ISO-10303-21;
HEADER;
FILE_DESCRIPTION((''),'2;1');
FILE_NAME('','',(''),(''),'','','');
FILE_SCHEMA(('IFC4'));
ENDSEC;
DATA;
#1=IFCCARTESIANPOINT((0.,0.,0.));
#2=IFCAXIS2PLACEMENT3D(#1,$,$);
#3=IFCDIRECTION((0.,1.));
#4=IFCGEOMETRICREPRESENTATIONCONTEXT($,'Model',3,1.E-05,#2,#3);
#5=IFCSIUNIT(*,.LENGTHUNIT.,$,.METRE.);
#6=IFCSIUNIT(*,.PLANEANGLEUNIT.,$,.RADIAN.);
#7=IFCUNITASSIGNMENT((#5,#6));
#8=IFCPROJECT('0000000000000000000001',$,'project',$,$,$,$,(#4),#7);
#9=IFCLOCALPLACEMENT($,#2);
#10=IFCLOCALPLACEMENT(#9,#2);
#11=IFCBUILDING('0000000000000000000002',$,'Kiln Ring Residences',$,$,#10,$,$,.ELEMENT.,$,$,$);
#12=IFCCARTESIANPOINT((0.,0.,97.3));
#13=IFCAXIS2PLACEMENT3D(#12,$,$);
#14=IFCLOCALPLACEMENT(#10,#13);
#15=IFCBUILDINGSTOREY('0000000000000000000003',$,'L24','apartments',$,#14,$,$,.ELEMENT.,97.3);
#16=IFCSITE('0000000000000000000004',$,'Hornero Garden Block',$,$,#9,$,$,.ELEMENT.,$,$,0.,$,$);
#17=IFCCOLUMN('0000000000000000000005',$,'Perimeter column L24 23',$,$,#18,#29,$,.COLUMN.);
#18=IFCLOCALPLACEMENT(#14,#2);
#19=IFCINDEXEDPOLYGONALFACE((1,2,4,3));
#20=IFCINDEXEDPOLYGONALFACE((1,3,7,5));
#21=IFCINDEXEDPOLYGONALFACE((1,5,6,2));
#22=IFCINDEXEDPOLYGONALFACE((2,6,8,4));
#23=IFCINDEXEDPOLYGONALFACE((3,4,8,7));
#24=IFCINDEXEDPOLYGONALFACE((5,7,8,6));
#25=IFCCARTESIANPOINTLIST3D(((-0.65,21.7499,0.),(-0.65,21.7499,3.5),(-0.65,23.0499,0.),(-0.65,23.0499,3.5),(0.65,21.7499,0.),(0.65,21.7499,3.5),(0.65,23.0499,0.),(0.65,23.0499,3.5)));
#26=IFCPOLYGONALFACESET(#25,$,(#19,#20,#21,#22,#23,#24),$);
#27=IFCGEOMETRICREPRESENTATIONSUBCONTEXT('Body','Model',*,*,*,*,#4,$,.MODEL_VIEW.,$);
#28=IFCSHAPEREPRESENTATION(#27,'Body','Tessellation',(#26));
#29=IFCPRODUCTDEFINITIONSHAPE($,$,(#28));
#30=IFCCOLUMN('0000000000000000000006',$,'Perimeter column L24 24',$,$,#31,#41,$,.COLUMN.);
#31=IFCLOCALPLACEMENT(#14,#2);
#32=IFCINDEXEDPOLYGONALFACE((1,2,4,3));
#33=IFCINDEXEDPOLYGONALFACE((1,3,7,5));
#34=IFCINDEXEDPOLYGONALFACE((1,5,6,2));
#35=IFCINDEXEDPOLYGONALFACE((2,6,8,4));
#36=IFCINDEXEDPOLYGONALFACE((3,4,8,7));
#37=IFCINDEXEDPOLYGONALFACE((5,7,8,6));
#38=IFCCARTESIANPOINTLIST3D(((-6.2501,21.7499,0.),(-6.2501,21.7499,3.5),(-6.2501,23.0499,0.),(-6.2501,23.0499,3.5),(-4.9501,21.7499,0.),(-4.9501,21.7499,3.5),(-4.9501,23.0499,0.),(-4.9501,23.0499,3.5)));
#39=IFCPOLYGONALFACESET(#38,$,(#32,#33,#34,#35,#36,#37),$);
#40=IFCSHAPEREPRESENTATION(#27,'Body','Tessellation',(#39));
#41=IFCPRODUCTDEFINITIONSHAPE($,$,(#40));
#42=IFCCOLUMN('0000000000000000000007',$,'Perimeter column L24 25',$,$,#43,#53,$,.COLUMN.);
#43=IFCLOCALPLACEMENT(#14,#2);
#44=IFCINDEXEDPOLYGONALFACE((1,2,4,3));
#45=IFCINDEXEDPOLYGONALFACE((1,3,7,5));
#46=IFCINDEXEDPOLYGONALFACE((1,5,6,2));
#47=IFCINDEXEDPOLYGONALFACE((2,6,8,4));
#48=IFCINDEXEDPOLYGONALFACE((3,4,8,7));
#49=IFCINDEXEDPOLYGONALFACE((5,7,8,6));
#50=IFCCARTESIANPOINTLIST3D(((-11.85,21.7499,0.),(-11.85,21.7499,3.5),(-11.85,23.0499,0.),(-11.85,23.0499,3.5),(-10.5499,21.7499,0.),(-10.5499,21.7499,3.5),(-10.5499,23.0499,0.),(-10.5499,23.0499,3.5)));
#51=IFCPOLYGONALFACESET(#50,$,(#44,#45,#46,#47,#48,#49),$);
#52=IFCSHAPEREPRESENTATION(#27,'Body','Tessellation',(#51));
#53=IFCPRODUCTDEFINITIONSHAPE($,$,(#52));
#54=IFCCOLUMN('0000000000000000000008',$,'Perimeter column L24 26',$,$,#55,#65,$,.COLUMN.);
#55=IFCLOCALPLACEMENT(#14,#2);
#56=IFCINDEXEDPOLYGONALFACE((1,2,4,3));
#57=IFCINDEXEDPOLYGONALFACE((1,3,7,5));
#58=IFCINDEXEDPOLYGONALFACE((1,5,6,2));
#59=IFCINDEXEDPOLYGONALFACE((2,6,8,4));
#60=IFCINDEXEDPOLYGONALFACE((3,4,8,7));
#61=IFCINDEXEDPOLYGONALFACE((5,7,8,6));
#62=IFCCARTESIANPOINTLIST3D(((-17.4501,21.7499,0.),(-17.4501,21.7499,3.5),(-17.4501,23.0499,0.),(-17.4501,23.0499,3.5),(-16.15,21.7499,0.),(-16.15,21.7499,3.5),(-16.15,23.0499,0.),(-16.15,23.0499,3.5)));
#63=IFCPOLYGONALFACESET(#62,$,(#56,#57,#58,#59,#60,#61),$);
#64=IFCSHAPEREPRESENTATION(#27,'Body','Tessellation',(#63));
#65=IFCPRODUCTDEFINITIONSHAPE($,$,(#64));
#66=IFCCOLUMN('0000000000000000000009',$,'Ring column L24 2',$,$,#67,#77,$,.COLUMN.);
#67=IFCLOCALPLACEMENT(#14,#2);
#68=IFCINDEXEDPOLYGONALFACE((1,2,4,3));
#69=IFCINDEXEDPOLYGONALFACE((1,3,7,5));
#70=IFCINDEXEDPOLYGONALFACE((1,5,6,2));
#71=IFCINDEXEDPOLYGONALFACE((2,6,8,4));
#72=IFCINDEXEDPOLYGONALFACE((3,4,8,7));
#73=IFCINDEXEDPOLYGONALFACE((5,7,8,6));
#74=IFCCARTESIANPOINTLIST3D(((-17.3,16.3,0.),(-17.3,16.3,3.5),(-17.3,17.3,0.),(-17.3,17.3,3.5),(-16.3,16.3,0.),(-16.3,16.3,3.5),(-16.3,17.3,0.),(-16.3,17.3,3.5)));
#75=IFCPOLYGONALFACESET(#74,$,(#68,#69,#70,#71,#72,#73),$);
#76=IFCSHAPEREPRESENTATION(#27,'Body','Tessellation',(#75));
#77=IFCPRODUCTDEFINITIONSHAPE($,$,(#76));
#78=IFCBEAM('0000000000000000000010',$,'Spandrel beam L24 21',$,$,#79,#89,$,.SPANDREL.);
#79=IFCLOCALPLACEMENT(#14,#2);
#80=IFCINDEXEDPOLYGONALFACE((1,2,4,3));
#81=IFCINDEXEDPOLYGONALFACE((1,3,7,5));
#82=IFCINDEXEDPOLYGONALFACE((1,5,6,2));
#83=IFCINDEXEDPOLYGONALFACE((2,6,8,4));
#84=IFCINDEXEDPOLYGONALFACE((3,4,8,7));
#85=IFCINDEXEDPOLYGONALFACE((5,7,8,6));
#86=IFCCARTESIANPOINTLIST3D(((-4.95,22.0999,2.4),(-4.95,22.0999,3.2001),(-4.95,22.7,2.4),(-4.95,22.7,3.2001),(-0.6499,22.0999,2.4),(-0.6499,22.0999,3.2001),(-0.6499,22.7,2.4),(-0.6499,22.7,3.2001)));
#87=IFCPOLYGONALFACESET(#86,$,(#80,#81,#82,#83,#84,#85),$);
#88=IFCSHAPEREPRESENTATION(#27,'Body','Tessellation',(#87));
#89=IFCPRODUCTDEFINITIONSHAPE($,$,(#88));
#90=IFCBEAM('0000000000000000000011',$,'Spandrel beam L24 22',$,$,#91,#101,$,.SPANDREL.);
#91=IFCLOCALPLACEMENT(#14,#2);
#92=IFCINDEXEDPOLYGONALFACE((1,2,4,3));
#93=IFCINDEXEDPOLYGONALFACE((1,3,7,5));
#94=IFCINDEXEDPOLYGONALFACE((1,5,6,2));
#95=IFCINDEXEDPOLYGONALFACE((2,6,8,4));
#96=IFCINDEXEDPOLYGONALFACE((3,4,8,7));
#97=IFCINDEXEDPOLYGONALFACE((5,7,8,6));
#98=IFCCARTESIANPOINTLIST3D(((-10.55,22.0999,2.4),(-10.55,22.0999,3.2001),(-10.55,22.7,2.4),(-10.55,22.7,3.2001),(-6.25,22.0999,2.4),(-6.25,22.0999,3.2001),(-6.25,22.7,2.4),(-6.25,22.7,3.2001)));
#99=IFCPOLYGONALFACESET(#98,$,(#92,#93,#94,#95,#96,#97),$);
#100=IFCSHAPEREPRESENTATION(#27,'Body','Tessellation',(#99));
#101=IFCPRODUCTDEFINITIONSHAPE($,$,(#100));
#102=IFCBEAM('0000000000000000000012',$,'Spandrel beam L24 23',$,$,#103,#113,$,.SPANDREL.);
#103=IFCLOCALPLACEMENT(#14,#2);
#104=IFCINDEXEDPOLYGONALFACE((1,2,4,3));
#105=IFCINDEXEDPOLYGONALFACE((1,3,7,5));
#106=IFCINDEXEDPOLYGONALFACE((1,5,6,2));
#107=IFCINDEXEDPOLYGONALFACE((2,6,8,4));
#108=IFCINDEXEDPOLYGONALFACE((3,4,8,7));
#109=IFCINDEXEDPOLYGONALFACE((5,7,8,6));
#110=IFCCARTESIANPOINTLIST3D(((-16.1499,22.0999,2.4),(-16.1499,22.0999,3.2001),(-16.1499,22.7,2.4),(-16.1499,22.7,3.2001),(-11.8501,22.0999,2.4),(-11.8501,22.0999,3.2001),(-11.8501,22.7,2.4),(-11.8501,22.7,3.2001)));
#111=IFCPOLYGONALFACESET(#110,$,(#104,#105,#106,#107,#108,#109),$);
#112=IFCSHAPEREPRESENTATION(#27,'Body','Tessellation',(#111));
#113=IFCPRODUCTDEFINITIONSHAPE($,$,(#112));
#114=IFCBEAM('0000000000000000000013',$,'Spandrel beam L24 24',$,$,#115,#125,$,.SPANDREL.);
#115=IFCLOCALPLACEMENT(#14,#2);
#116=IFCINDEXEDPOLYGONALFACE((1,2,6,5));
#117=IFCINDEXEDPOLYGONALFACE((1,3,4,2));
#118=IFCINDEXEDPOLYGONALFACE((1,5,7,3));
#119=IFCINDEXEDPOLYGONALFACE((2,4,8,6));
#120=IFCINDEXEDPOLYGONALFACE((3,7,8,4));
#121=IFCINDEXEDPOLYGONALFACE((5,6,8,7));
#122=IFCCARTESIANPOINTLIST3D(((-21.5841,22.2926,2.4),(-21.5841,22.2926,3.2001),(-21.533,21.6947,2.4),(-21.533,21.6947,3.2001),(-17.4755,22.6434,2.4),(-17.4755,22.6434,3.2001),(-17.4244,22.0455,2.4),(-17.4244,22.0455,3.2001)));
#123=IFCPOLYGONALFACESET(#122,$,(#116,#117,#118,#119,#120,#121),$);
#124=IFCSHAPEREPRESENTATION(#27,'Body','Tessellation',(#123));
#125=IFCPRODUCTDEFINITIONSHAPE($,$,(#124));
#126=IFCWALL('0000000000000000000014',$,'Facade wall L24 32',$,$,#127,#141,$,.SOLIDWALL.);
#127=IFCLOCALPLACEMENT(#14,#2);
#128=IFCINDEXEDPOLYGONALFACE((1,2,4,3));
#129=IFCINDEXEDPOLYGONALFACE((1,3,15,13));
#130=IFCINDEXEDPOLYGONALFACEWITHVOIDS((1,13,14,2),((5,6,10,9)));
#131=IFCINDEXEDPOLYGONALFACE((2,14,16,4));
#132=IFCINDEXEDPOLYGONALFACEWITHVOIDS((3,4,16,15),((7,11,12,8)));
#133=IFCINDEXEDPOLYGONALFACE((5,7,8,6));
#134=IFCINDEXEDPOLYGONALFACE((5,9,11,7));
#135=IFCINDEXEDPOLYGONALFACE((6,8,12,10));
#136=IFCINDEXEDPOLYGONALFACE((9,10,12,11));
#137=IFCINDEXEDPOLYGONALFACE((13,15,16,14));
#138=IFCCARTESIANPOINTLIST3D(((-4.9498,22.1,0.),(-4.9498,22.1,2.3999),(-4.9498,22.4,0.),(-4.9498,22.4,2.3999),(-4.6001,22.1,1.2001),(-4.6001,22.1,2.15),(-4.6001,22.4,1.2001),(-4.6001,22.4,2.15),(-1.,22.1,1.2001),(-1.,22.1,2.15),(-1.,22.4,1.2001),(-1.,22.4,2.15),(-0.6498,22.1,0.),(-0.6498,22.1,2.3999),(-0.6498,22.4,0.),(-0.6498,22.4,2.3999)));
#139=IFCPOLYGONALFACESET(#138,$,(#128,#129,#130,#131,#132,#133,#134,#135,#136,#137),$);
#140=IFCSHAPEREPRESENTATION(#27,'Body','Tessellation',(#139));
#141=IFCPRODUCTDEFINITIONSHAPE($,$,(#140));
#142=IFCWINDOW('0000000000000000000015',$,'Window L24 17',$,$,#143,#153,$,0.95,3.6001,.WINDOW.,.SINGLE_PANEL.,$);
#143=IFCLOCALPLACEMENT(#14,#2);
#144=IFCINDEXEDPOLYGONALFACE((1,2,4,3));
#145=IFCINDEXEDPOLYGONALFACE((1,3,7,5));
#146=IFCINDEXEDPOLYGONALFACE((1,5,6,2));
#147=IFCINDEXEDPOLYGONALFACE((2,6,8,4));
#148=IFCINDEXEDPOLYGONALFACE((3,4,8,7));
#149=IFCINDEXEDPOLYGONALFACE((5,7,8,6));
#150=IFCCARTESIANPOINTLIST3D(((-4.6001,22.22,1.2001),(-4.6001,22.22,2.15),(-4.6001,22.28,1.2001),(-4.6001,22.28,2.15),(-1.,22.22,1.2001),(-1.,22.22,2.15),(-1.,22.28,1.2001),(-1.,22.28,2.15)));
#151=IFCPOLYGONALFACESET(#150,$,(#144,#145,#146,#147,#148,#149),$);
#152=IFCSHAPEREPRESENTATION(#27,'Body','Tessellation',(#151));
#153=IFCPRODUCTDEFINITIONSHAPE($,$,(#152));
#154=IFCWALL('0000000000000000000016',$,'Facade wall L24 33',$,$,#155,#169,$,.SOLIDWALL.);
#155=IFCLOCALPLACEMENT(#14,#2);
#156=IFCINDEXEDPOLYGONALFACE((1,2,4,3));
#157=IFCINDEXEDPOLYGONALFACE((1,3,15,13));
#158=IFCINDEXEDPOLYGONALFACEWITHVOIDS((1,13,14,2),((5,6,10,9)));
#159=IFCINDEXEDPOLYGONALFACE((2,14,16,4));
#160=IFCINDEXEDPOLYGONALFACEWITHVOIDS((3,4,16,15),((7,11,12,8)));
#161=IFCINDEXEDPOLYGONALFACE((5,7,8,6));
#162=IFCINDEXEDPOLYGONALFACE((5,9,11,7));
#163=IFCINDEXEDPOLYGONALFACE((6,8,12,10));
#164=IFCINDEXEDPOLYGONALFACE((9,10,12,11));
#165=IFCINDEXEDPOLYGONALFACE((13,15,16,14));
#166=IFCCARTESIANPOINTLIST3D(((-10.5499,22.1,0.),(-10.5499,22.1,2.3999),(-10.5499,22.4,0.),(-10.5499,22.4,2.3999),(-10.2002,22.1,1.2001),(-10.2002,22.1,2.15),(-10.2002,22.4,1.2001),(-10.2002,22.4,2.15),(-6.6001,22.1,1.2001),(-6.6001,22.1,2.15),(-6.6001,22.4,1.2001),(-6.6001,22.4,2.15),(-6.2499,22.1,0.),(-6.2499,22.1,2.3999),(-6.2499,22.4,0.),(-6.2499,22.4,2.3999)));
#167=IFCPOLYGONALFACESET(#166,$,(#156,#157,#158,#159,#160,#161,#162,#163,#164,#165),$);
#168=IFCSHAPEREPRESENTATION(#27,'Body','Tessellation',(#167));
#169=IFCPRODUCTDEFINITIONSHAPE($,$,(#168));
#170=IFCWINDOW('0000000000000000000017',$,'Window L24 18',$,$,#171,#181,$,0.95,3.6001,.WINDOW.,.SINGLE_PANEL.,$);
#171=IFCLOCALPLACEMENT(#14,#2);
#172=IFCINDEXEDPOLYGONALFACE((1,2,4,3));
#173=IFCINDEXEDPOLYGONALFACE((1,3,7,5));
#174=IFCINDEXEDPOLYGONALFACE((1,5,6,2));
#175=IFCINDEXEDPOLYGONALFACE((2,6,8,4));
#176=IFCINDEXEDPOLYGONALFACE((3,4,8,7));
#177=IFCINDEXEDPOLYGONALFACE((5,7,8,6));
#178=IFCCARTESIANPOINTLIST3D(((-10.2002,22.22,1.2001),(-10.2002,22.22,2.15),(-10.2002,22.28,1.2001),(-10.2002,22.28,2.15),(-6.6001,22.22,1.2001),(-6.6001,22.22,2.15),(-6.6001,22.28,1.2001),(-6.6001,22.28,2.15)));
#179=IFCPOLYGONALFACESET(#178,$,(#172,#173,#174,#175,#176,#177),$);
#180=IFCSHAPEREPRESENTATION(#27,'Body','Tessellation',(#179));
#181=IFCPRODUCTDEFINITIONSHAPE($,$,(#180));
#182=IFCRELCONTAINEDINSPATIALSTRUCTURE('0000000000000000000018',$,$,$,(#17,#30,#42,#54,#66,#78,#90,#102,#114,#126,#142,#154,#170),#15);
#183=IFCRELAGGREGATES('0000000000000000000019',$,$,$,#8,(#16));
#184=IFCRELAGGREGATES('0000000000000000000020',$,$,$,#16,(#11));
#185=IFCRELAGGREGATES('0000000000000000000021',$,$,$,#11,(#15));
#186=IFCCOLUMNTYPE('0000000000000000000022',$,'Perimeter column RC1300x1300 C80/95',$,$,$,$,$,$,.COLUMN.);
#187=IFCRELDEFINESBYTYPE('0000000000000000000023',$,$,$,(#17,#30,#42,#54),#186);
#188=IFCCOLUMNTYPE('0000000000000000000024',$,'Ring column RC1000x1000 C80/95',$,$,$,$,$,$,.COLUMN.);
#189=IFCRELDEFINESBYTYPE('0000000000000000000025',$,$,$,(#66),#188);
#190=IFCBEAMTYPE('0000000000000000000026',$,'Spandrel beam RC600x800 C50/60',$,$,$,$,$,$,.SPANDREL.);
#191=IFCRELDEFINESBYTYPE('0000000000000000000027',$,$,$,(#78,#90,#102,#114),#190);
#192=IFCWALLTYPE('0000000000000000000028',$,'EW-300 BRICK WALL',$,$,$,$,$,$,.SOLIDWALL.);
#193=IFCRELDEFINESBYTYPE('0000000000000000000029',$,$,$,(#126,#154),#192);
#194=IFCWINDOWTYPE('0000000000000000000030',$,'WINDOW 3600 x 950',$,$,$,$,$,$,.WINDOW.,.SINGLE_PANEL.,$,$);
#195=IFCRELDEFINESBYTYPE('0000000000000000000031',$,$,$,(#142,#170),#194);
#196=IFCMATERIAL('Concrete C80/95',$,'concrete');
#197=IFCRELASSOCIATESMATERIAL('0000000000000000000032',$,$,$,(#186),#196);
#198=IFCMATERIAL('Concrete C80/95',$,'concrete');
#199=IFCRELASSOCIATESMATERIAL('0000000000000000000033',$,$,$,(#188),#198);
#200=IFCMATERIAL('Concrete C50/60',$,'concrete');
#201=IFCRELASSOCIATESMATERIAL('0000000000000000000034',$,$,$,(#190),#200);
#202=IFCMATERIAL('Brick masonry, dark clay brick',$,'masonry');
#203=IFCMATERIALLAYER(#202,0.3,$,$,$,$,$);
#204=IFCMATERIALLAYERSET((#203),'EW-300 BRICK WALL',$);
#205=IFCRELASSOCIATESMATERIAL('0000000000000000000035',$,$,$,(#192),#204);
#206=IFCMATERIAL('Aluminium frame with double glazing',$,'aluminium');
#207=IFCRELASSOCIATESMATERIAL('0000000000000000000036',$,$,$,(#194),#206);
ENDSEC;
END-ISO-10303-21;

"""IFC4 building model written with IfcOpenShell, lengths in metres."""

from ifc_helpers import new_model, si_unit, direction, frame, frame_2d, origin, origin_2d, place, context, subcontext, project, spatial, rectangle, extrude, material, layer, layer_set, material_profile, profile_set, type_object, element, fill, save


model = new_model("IFC4")

# Units and contexts
model_context = context("Model", 3, precision=1e-05, world=origin(), true_north=direction((0.0, 1.0)))
body_context = subcontext(model_context, "Body", "Model", "MODEL_VIEW")
ifc_project = project(units=[si_unit("LENGTHUNIT", "METRE"), si_unit("PLANEANGLEUNIT", "RADIAN")], contexts=[model_context])

# Site, building, storey
site_placement = place(None, origin())
site = spatial("IfcSite", under=ifc_project, at=site_placement, Name="Hornero Garden Block", CompositionType="ELEMENT", RefElevation=0.0)
building_placement = place(site_placement, origin())
building = spatial("IfcBuilding", under=site, at=building_placement, Name="Kiln Ring Residences", CompositionType="ELEMENT")
storey_placement = place(building_placement, frame((0.0, 0.0, 97.3)))
storey = spatial("IfcBuildingStorey", under=building, at=storey_placement, Name="L24", Description="apartments", CompositionType="ELEMENT", Elevation=97.3)

# Columns
ifc_material_1 = material(Name="Concrete C80/95", Category="concrete")
ifc_material_profile_1 = material_profile(ifc_material_1, rectangle(XDim=1.3, YDim=1.3, at=origin_2d()), Name="RC1300x1300")
ifc_profile_set_1 = profile_set([ifc_material_profile_1], Name="Concrete C80/95")
column_type_1 = type_object("IfcColumnType", Name="Perimeter column RC1300x1300 C80/95", PredefinedType="COLUMN", material=ifc_profile_set_1)
for number, where, z_axis, x_axis, name in (
    (1, (0.0, 22.3999, 0.0), (0.0, 0.0, 1.0), (1.0, 0.0, 0.0), "Perimeter column L24 23"),
    (2, (-5.6001, 22.3999, 0.0), (0.0, 0.0, 1.0), (1.0, 0.0, 0.0), "Perimeter column L24 24"),
    (3, (-11.2, 22.3999, 0.0), (0.0, 0.0, 1.0), (1.0, 0.0, 0.0), "Perimeter column L24 25"),
    (4, (-16.8, 22.3999, 0.0), (0.0, 0.0, 1.0), (1.0, 0.0, 0.0), "Perimeter column L24 26"),
):
    element("IfcColumn", number, at=place(storey_placement, frame(where, z_axis=z_axis, x_axis=x_axis)), inside=storey, type_object=column_type_1, Name=name, PredefinedType="COLUMN", context=body_context, shape_type="SweptSolid", body=[
        extrude(rectangle(XDim=1.3, YDim=1.3, at=origin_2d()), origin(), (0.0, 0.0, 1.0), 3.5),
    ])
ifc_material_2 = material(Name="Concrete C80/95", Category="concrete")
ifc_material_profile_2 = material_profile(ifc_material_2, rectangle(XDim=1.0, YDim=1.0, at=origin_2d()), Name="RC1000x1000")
ifc_profile_set_2 = profile_set([ifc_material_profile_2], Name="Concrete C80/95")
column_type_2 = type_object("IfcColumnType", Name="Ring column RC1000x1000 C80/95", PredefinedType="COLUMN", material=ifc_profile_set_2)
column_placement = place(storey_placement, frame((-16.8, 16.8, 0.0), z_axis=(0.0, 0.0, 1.0), x_axis=(1.0, 0.0, 0.0)))
element("IfcColumn", 5, at=column_placement, inside=storey, type_object=column_type_2, Name="Ring column L24 2", PredefinedType="COLUMN", context=body_context, shape_type="SweptSolid", body=[
    extrude(rectangle(XDim=1.0, YDim=1.0, at=origin_2d()), origin(), (0.0, 0.0, 1.0), 3.5),
])

# Beams
ifc_material_3 = material(Name="Concrete C50/60", Category="concrete")
ifc_material_profile_3 = material_profile(ifc_material_3, rectangle(XDim=0.6001, YDim=0.8, at=origin_2d()), Name="RC600x800")
ifc_profile_set_3 = profile_set([ifc_material_profile_3], Name="Concrete C50/60")
beam_type = type_object("IfcBeamType", Name="Spandrel beam RC600x800 C50/60", PredefinedType="SPANDREL", material=ifc_profile_set_3)
for number, where, z_axis, x_axis, name in (
    (6, (-0.6499, 22.3999, 2.8), (-1.0, 0.0, 0.0), (0.0, -1.0, 0.0), "Spandrel beam L24 21"),
    (7, (-6.25, 22.3999, 2.8), (-1.0, 0.0, 0.0), (0.0, -1.0, 0.0), "Spandrel beam L24 22"),
):
    element("IfcBeam", number, at=place(storey_placement, frame(where, z_axis=z_axis, x_axis=x_axis)), inside=storey, type_object=beam_type, Name=name, PredefinedType="SPANDREL", context=body_context, shape_type="SweptSolid", body=[
        extrude(rectangle(XDim=0.6001, YDim=0.8, at=origin_2d()), origin(), (0.0, 0.0, 1.0), 4.3),
    ])
beam_1_placement = place(storey_placement, frame((-11.8501, 22.3999, 2.8), z_axis=(-1.0, 0.0, 0.0), x_axis=(0.0, -1.0, 0.0)))
element("IfcBeam", 8, at=beam_1_placement, inside=storey, type_object=beam_type, Name="Spandrel beam L24 23", PredefinedType="SPANDREL", context=body_context, shape_type="SweptSolid", body=[
    extrude(rectangle(XDim=0.6001, YDim=0.8, at=origin_2d()), origin(), (0.0, 0.0, 1.0), 4.2998),
])
beam_2_placement = place(storey_placement, frame((-17.45, 22.3445, 2.8), z_axis=(-0.996374, -0.085079, 0.0), x_axis=(0.085079, -0.996374, 0.0)))
element("IfcBeam", 9, at=beam_2_placement, inside=storey, type_object=beam_type, Name="Spandrel beam L24 24", PredefinedType="SPANDREL", context=body_context, shape_type="SweptSolid", body=[
    extrude(rectangle(XDim=0.6001, YDim=0.8, at=origin_2d()), origin(), (0.0, 0.0, 1.0), 4.1235),
])

# Walls, openings, windows
ifc_material_4 = material(Name="Brick masonry, dark clay brick", Category="masonry")
ifc_layer_1 = layer(ifc_material_4, 0.3)
ifc_layer_set_1 = layer_set([ifc_layer_1], Name="EW-300 BRICK WALL")
wall_type_1 = type_object("IfcWallType", Name="EW-300 BRICK WALL", PredefinedType="SOLIDWALL", material=ifc_layer_set_1)
wall_1_placement = place(storey_placement, frame((-0.6499, 22.25, 0.0), z_axis=(0.0, 0.0, 1.0), x_axis=(-1.0, 0.0, 0.0)))
wall_1 = element("IfcWall", 10, at=wall_1_placement, inside=storey, type_object=wall_type_1, Name="Facade wall L24 32", PredefinedType="SOLIDWALL", context=body_context, shape_type="SweptSolid", body=[
    extrude(rectangle(XDim=4.3, YDim=0.3, at=frame_2d((2.1499, 0.0))), origin(), (0.0, 0.0, 1.0), 2.3999),
])
opening_1_placement = place(wall_1_placement, frame((0.3501, 0.0, 1.2)))
opening_1 = element("IfcOpeningElement", 11, at=opening_1_placement, cuts=wall_1, PredefinedType="OPENING", context=body_context, shape_type="SweptSolid", body=[
    extrude(rectangle(XDim=3.6001, YDim=0.95, at=frame_2d((1.8, 0.4751))), frame((0.0, 0.1599, 0.0), z_axis=(0.0, -1.0, 0.0), x_axis=(1.0, 0.0, 0.0)), (0.0, 0.0, 1.0), 0.3201),
])
ifc_material_5 = material(Name="Aluminium frame with double glazing", Category="aluminium")
window_type_1 = type_object("IfcWindowType", Name="WINDOW 3600 x 950", PartitioningType="SINGLE_PANEL", PredefinedType="WINDOW", material=ifc_material_5)
window_1_placement = place(opening_1_placement, origin())
window_1 = element("IfcWindow", 12, at=window_1_placement, inside=storey, type_object=window_type_1, Name="Window L24 17", OverallHeight=0.95, OverallWidth=3.6001, PartitioningType="SINGLE_PANEL", PredefinedType="WINDOW", context=body_context, shape_type="SweptSolid", body=[
    extrude(rectangle(XDim=3.6001, YDim=0.95, at=frame_2d((1.8, 0.4751))), frame((0.0, 0.03, 0.0), z_axis=(0.0, -1.0, 0.0), x_axis=(1.0, 0.0, 0.0)), (0.0, 0.0, 1.0), 0.0601),
])
fill(opening_1, window_1)
wall_2_placement = place(storey_placement, frame((-6.25, 22.25, 0.0), z_axis=(0.0, 0.0, 1.0), x_axis=(-1.0, 0.0, 0.0)))
wall_2 = element("IfcWall", 13, at=wall_2_placement, inside=storey, type_object=wall_type_1, Name="Facade wall L24 33", PredefinedType="SOLIDWALL", context=body_context, shape_type="SweptSolid", body=[
    extrude(rectangle(XDim=4.3, YDim=0.3, at=frame_2d((2.1499, 0.0))), origin(), (0.0, 0.0, 1.0), 2.3999),
])
opening_2_placement = place(wall_2_placement, frame((0.3501, 0.0, 1.2)))
opening_2 = element("IfcOpeningElement", 14, at=opening_2_placement, cuts=wall_2, PredefinedType="OPENING", context=body_context, shape_type="SweptSolid", body=[
    extrude(rectangle(XDim=3.6001, YDim=0.95, at=frame_2d((1.8, 0.4751))), frame((0.0, 0.1599, 0.0), z_axis=(0.0, -1.0, 0.0), x_axis=(1.0, 0.0, 0.0)), (0.0, 0.0, 1.0), 0.3201),
])
window_2_placement = place(opening_2_placement, origin())
window_2 = element("IfcWindow", 15, at=window_2_placement, inside=storey, type_object=window_type_1, Name="Window L24 18", OverallHeight=0.95, OverallWidth=3.6001, PartitioningType="SINGLE_PANEL", PredefinedType="WINDOW", context=body_context, shape_type="SweptSolid", body=[
    extrude(rectangle(XDim=3.6001, YDim=0.95, at=frame_2d((1.8, 0.4751))), frame((0.0, 0.03, 0.0), z_axis=(0.0, -1.0, 0.0), x_axis=(1.0, 0.0, 0.0)), (0.0, 0.0, 1.0), 0.0601),
])
fill(opening_2, window_2)

save(model, "model.ifc")
